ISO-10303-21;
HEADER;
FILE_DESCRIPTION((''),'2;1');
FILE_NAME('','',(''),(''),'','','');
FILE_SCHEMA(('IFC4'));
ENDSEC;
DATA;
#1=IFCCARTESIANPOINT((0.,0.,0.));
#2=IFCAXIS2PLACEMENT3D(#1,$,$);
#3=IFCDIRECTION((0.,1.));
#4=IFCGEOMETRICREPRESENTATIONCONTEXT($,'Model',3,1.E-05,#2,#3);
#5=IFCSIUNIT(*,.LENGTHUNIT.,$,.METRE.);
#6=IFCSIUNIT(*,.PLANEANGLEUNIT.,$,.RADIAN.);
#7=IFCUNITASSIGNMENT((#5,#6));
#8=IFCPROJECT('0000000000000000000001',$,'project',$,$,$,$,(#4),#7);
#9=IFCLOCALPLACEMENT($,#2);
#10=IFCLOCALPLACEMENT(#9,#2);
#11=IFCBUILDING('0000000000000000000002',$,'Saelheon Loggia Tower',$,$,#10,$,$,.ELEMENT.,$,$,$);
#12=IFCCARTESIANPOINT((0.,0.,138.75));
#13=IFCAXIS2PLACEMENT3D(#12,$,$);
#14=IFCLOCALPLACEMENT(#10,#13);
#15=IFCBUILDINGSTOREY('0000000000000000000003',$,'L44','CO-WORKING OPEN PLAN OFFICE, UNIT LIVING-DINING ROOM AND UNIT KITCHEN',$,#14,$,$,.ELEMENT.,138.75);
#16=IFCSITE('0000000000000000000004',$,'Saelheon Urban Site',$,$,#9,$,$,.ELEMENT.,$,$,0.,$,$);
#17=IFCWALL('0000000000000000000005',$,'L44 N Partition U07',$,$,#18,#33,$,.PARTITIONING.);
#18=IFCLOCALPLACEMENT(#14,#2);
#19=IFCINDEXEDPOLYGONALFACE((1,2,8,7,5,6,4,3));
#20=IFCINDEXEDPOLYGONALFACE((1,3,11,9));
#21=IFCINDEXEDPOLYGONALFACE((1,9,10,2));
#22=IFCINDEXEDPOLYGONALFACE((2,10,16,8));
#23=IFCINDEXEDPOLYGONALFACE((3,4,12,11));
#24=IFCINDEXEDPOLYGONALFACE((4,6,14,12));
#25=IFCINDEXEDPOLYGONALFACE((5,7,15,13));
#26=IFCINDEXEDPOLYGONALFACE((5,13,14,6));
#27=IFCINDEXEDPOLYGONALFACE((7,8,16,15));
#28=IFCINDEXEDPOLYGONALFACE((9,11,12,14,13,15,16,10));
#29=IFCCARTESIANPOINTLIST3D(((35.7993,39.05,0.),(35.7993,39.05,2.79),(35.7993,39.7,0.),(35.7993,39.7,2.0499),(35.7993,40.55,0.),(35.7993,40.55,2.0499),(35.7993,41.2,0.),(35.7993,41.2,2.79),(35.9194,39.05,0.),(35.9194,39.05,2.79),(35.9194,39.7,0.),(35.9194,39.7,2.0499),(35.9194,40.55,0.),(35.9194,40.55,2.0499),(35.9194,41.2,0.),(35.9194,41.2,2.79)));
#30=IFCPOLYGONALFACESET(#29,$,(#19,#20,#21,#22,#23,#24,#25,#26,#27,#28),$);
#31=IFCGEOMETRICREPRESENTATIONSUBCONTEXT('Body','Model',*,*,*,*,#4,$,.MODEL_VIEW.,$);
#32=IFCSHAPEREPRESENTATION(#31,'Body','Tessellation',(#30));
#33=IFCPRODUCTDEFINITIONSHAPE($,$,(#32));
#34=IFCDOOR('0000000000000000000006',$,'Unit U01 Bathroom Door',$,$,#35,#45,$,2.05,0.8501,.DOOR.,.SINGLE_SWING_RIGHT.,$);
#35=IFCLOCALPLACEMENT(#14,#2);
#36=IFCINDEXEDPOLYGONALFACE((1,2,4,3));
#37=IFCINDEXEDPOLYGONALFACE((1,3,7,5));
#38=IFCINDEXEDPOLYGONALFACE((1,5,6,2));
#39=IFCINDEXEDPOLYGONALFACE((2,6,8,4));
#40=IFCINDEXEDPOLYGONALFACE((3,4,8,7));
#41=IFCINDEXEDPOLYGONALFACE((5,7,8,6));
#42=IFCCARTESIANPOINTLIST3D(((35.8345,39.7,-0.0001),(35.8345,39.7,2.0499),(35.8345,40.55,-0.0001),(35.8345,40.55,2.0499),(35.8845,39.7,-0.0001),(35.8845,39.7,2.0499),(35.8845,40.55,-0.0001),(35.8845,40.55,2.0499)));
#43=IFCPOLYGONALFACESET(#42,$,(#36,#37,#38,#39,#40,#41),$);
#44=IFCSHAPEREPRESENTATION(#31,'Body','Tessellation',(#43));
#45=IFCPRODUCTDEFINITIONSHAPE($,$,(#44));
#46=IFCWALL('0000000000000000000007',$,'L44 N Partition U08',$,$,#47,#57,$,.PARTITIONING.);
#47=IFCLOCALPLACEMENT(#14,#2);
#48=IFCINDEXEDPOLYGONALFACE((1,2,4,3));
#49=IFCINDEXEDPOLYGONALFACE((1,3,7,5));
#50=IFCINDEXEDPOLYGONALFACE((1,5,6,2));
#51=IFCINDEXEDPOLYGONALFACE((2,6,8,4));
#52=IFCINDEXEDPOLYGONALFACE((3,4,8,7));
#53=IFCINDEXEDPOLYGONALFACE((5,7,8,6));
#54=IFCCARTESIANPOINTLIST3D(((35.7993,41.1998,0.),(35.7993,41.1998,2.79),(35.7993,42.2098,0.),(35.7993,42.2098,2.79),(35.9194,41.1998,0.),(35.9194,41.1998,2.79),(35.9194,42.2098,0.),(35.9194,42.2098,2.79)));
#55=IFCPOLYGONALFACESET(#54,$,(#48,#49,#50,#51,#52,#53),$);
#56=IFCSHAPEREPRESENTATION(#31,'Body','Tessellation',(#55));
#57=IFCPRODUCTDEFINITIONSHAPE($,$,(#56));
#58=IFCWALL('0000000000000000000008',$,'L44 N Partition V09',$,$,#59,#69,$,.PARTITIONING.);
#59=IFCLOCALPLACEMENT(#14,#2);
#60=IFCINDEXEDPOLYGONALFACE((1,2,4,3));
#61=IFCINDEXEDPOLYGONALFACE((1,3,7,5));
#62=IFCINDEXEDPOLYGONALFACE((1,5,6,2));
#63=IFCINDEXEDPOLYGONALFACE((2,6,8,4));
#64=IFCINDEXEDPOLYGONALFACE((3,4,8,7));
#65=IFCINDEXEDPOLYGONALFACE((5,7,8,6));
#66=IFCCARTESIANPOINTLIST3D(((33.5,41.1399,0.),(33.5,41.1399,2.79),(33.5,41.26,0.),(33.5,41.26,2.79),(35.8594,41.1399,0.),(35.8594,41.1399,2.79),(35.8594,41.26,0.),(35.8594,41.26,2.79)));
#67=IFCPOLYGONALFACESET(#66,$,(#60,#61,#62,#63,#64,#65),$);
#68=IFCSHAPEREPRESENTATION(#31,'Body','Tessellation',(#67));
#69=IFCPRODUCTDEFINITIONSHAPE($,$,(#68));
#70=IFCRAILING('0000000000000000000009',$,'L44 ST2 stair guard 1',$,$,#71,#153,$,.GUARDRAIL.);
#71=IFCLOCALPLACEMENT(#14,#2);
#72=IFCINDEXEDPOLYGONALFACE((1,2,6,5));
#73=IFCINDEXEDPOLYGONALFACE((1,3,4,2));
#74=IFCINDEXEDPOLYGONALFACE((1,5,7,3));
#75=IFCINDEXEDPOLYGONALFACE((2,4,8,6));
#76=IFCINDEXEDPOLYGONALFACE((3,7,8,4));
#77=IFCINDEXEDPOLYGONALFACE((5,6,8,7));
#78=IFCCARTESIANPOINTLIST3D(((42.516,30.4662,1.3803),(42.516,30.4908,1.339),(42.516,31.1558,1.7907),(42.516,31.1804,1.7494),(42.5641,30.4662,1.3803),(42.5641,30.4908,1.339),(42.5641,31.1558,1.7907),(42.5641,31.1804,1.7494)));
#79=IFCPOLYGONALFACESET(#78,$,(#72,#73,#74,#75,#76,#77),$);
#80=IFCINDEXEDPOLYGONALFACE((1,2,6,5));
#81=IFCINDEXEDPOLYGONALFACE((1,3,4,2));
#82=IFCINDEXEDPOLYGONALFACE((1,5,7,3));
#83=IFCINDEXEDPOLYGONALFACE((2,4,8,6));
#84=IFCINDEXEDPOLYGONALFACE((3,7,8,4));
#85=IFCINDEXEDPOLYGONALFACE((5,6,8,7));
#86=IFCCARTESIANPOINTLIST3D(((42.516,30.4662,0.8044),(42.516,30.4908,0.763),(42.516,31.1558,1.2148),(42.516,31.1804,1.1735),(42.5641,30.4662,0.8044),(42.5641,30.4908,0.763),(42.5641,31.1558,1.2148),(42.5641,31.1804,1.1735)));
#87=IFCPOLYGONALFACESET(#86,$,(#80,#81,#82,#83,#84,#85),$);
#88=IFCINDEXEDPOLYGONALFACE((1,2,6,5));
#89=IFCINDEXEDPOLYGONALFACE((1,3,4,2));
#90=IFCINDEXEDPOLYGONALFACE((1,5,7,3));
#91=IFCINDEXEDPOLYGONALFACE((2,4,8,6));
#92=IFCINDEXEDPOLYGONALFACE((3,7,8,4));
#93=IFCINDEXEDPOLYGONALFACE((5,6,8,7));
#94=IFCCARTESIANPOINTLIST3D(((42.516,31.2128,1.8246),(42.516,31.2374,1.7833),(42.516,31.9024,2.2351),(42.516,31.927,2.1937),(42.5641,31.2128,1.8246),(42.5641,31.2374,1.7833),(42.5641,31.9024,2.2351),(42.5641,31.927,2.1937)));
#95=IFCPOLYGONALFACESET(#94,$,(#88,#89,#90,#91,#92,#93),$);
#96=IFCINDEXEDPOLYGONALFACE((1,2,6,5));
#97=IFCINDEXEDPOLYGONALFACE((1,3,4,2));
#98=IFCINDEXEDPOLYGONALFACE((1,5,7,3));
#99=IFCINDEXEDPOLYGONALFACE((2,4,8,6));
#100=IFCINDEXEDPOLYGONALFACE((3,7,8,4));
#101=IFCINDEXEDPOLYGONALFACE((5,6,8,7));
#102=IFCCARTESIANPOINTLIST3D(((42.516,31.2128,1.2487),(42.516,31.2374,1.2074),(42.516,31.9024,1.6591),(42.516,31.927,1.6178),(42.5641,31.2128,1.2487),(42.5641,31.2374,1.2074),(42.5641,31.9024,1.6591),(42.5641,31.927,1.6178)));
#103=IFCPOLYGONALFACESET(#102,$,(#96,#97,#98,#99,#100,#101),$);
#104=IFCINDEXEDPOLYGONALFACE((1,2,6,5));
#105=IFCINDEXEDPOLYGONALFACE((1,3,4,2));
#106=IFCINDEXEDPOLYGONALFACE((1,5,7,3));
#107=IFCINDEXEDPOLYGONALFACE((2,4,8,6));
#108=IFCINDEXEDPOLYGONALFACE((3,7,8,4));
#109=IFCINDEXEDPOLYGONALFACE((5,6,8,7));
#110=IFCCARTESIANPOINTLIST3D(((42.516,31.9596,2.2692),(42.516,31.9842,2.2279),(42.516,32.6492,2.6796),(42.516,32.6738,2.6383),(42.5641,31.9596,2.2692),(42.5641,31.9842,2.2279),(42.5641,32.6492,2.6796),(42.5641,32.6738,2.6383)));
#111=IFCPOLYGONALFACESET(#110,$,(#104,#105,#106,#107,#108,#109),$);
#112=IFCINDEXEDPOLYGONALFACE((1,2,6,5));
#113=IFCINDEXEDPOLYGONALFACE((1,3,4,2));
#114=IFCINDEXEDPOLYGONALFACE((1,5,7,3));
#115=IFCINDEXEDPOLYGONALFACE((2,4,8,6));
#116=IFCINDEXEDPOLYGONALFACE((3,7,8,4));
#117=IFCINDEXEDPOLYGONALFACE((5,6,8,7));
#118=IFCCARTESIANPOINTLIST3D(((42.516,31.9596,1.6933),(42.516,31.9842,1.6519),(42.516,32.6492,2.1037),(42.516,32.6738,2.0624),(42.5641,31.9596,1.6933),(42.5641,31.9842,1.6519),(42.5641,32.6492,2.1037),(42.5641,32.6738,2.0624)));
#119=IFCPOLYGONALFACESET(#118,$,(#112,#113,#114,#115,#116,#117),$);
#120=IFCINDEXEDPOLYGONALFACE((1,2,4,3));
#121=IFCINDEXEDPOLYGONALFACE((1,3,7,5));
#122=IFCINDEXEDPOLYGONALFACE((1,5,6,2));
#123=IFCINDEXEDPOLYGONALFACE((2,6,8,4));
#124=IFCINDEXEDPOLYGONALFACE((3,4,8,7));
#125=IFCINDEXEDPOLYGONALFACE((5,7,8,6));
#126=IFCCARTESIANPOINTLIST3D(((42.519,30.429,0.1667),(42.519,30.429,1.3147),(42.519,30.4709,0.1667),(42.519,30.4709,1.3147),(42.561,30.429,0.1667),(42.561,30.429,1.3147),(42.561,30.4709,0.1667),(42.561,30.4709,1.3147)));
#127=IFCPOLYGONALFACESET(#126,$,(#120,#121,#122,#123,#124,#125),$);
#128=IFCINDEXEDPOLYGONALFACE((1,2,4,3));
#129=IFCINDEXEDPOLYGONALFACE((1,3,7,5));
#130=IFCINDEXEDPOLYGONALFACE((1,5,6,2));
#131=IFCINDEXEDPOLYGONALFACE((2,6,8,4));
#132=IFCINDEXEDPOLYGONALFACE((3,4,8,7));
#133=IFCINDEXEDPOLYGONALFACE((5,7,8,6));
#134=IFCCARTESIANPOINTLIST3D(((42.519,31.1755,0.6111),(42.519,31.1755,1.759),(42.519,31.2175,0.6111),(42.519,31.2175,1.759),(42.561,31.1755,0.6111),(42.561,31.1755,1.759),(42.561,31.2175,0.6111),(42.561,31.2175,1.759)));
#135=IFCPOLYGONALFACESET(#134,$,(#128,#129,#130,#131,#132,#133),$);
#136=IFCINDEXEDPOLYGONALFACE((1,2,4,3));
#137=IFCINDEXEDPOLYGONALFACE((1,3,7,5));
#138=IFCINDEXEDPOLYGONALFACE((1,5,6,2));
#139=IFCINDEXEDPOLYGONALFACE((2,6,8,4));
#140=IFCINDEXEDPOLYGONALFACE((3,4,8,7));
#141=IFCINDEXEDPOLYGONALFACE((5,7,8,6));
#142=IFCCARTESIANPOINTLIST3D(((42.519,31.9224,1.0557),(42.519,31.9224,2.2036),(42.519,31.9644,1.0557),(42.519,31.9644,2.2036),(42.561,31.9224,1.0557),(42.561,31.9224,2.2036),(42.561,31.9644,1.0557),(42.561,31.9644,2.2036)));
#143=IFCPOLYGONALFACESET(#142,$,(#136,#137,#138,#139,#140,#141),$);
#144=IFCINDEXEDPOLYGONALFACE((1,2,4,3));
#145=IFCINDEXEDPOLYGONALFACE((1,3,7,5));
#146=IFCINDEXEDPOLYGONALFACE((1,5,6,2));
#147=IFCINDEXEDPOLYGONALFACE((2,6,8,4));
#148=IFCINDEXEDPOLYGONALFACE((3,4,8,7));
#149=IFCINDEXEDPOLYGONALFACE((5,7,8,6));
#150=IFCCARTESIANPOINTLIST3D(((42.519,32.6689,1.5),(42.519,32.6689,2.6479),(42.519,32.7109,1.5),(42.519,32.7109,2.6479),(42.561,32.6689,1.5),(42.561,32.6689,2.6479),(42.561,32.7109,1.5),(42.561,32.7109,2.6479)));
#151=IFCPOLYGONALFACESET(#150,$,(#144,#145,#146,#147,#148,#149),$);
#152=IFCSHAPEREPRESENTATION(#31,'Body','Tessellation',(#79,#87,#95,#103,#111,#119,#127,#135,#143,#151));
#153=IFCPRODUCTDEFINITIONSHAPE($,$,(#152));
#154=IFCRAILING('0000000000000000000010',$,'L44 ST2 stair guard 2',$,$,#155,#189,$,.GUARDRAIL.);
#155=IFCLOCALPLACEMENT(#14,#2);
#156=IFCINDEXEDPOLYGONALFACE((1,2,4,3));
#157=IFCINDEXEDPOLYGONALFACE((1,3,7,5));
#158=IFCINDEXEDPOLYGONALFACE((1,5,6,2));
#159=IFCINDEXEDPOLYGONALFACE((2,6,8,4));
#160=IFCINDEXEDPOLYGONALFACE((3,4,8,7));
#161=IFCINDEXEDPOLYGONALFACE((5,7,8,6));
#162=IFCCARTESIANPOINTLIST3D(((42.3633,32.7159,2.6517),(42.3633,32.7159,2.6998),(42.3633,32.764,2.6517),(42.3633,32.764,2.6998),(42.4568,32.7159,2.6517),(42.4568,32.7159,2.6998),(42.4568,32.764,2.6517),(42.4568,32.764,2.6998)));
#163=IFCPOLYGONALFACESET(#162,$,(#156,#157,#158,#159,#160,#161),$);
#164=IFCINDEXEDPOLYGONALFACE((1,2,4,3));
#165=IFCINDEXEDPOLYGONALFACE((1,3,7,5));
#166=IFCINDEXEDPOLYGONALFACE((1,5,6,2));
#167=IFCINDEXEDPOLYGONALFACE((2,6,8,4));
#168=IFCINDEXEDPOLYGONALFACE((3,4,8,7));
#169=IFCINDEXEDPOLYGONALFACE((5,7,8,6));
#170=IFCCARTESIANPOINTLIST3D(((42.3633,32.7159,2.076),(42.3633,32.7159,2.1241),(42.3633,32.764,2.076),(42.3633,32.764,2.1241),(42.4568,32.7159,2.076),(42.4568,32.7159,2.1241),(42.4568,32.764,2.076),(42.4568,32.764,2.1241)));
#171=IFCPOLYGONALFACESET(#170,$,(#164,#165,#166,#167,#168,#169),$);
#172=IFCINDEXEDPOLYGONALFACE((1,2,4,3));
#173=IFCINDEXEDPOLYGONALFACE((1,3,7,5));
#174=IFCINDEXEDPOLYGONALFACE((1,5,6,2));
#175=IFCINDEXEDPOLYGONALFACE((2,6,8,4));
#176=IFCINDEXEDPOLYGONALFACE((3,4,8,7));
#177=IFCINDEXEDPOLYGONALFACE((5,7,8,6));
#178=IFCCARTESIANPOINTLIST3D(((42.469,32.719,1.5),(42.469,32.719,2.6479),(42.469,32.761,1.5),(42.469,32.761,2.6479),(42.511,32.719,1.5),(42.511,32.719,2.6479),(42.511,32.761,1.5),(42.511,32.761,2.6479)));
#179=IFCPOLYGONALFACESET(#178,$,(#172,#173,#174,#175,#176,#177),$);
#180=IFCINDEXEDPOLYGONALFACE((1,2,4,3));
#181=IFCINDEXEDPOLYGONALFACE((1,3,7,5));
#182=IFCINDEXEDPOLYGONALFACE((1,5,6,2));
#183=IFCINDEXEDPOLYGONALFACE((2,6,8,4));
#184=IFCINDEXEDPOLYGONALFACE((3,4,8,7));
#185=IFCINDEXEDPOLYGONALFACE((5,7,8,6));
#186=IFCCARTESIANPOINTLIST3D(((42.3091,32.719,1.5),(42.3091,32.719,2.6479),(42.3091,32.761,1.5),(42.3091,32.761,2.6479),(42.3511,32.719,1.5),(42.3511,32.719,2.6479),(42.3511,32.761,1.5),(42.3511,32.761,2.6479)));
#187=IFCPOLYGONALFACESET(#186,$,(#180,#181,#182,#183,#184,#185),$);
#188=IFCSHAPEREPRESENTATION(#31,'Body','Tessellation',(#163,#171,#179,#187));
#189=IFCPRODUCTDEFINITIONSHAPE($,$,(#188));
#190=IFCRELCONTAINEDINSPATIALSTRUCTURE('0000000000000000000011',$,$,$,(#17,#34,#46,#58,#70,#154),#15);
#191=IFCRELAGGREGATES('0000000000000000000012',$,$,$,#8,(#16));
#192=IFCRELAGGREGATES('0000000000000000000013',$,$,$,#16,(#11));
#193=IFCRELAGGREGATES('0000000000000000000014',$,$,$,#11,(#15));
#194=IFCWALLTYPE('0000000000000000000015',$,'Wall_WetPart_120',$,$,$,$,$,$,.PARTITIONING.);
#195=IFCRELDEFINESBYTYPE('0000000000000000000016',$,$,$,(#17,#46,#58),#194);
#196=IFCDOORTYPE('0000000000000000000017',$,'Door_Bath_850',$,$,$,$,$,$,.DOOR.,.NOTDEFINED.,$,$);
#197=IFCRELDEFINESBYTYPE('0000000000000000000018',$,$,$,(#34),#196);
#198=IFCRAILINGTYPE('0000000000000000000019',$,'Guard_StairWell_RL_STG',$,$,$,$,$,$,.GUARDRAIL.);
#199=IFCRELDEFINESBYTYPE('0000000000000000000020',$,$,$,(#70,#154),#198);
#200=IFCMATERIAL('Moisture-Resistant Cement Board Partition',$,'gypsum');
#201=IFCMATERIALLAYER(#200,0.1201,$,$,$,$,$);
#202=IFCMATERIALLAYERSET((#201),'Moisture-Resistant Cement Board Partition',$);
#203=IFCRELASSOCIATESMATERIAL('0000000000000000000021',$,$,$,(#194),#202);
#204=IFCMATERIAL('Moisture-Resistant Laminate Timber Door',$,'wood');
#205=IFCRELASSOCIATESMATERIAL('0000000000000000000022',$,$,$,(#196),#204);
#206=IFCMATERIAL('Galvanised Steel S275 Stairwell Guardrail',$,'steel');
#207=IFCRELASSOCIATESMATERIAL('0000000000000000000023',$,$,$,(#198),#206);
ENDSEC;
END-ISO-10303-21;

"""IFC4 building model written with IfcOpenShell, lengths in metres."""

from ifc_helpers import new_model, si_unit, direction, frame, frame_2d, origin, origin_2d, place, context, subcontext, project, spatial, rectangle, extrude, source, transform, mapped, material, layer, layer_set, type_object, element, fill, save


model = new_model("IFC4")

# Units and contexts
model_context = context("Model", 3, precision=1e-05, world=origin(), true_north=direction((0.0, 1.0)))
body_context = subcontext(model_context, "Body", "Model", "MODEL_VIEW")
ifc_project = project(units=[si_unit("LENGTHUNIT", "METRE"), si_unit("PLANEANGLEUNIT", "RADIAN")], contexts=[model_context])

# Site, building, storey
site_placement = place(None, origin())
site = spatial("IfcSite", under=ifc_project, at=site_placement, Name="Saelheon Urban Site", CompositionType="ELEMENT", RefElevation=0.0)
building_placement = place(site_placement, origin())
building = spatial("IfcBuilding", under=site, at=building_placement, Name="Saelheon Loggia Tower", CompositionType="ELEMENT")
storey_placement = place(building_placement, frame((0.0, 0.0, 138.75)))
storey = spatial("IfcBuildingStorey", under=building, at=storey_placement, Name="L44", Description="CO-WORKING OPEN PLAN OFFICE, UNIT LIVING-DINING ROOM AND UNIT KITCHEN", CompositionType="ELEMENT", Elevation=138.75)

# Wall, opening, door
ifc_material_1 = material(Name="Moisture-Resistant Cement Board Partition", Category="gypsum")
ifc_layer_1 = layer(ifc_material_1, 0.1201)
ifc_layer_set_1 = layer_set([ifc_layer_1], Name="Moisture-Resistant Cement Board Partition")
wall_type_1 = type_object("IfcWallType", Name="Wall_WetPart_120", PredefinedType="PARTITIONING", material=ifc_layer_set_1)
wall_1_placement = place(storey_placement, frame((35.8594, 39.05, 0.0), z_axis=(0.0, 0.0, 1.0), x_axis=(0.0, 1.0, 0.0)))
wall_1 = element("IfcWall", 1, at=wall_1_placement, inside=storey, type_object=wall_type_1, Name="L44 N Partition U07", PredefinedType="PARTITIONING", context=body_context, shape_type="SweptSolid", body=[
    extrude(rectangle(XDim=2.1499, YDim=0.1201, at=frame_2d((1.075, 0.0))), origin(), (0.0, 0.0, 1.0), 2.79),
])
opening_1_placement = place(wall_1_placement, frame((0.6499, 0.0, 0.0)))
opening_1 = element("IfcOpeningElement", 2, at=opening_1_placement, cuts=wall_1, PredefinedType="OPENING", context=body_context, shape_type="SweptSolid", body=[
    extrude(rectangle(XDim=0.8501, YDim=2.05, at=frame_2d((0.425, 1.0249))), frame((0.0, 0.072, 0.0), z_axis=(0.0, -1.0, 0.0), x_axis=(1.0, 0.0, 0.0)), (0.0, 0.0, 1.0), 0.144),
])
ifc_material_2 = material(Name="Moisture-Resistant Laminate Timber Door", Category="wood")
door_type_1 = type_object("IfcDoorType", Name="Door_Bath_850", OperationType="NOTDEFINED", PredefinedType="DOOR", material=ifc_material_2)
shared_shape_1 = source(origin(), body_context, "Body", "SweptSolid", [
    extrude(rectangle(XDim=0.8501, YDim=2.05, at=frame_2d((0.425, 1.0249))), frame((0.0, 0.0249, 0.0), z_axis=(0.0, -1.0, 0.0), x_axis=(1.0, 0.0, 0.0)), (0.0, 0.0, 1.0), 0.05),
])
door_1_placement = place(opening_1_placement, origin())
door_1 = element("IfcDoor", 3, at=door_1_placement, inside=storey, type_object=door_type_1, Name="Unit U01 Bathroom Door", OperationType="SINGLE_SWING_RIGHT", OverallHeight=2.05, OverallWidth=0.8501, PredefinedType="DOOR", context=body_context, shape_type="MappedRepresentation", body=[
    mapped(shared_shape_1, transform((0.0, 0.0, 0.0), scale=1.0)),
])
fill(opening_1, door_1)

# Walls
wall_2_placement = place(storey_placement, frame((35.8594, 41.2, 0.0), z_axis=(0.0, 0.0, 1.0), x_axis=(0.0, 1.0, 0.0)))
element("IfcWall", 4, at=wall_2_placement, inside=storey, type_object=wall_type_1, Name="L44 N Partition U08", PredefinedType="PARTITIONING", context=body_context, shape_type="SweptSolid", body=[
    extrude(rectangle(XDim=1.01, YDim=0.1201, at=frame_2d((0.5049, 0.0))), origin(), (0.0, 0.0, 1.0), 2.79),
])
wall_3_placement = place(storey_placement, frame((33.5, 41.2, 0.0), z_axis=(0.0, 0.0, 1.0), x_axis=(1.0, 0.0, 0.0)))
element("IfcWall", 5, at=wall_3_placement, inside=storey, type_object=wall_type_1, Name="L44 N Partition V09", PredefinedType="PARTITIONING", context=body_context, shape_type="SweptSolid", body=[
    extrude(rectangle(XDim=2.3594, YDim=0.1201, at=frame_2d((1.1797, 0.0))), origin(), (0.0, 0.0, 1.0), 2.79),
])

# Railings
ifc_material_3 = material(Name="Galvanised Steel S275 Stairwell Guardrail", Category="steel")
railing_type_1 = type_object("IfcRailingType", Name="Guard_StairWell_RL_STG", PredefinedType="GUARDRAIL", material=ifc_material_3)
railing_1_placement = place(storey_placement, frame((42.54, 30.45, 0.1667)))
element("IfcRailing", 6, at=railing_1_placement, inside=storey, type_object=railing_type_1, Name="L44 ST2 stair guard 1", PredefinedType="GUARDRAIL", context=body_context, shape_type="SweptSolid", body=[
    extrude(rectangle(XDim=0.0481, YDim=0.0481, at=origin_2d()), frame((0.0, 0.0286, 1.1929), z_axis=(0.0, 0.859306, 0.511462), x_axis=(-1.0, 0.0, 0.0)), (0.0, 0.0, 1.0), 0.8025),
    extrude(rectangle(XDim=0.0481, YDim=0.0481, at=origin_2d()), frame((0.0, 0.0286, 0.6169), z_axis=(0.0, 0.859306, 0.511462), x_axis=(-1.0, 0.0, 0.0)), (0.0, 0.0, 1.0), 0.8025),
    extrude(rectangle(XDim=0.0481, YDim=0.0481, at=origin_2d()), frame((0.0, 0.7751, 1.6372), z_axis=(0.0, 0.859306, 0.511462), x_axis=(-1.0, 0.0, 0.0)), (0.0, 0.0, 1.0), 0.8025),
    extrude(rectangle(XDim=0.0481, YDim=0.0481, at=origin_2d()), frame((0.0, 0.7751, 1.0613), z_axis=(0.0, 0.859306, 0.511462), x_axis=(-1.0, 0.0, 0.0)), (0.0, 0.0, 1.0), 0.8025),
    extrude(rectangle(XDim=0.0481, YDim=0.0481, at=origin_2d()), frame((0.0, 1.522, 2.0818), z_axis=(0.0, 0.859306, 0.511462), x_axis=(-1.0, 0.0, 0.0)), (0.0, 0.0, 1.0), 0.8025),
    extrude(rectangle(XDim=0.0481, YDim=0.0481, at=origin_2d()), frame((0.0, 1.522, 1.5059), z_axis=(0.0, 0.859306, 0.511462), x_axis=(-1.0, 0.0, 0.0)), (0.0, 0.0, 1.0), 0.8025),
    extrude(rectangle(XDim=0.042, YDim=0.042, at=origin_2d()), origin(), (0.0, 0.0, 1.0), 1.1479),
    extrude(rectangle(XDim=0.042, YDim=0.042, at=origin_2d()), frame((0.0, 0.7466, 0.4443)), (0.0, 0.0, 1.0), 1.1479),
    extrude(rectangle(XDim=0.042, YDim=0.042, at=origin_2d()), frame((0.0, 1.4934, 0.8889)), (0.0, 0.0, 1.0), 1.1479),
    extrude(rectangle(XDim=0.042, YDim=0.042, at=origin_2d()), frame((0.0, 2.24, 1.3333)), (0.0, 0.0, 1.0), 1.1479),
])
railing_2_placement = place(storey_placement, frame((42.49, 32.74, 1.5)))
element("IfcRailing", 7, at=railing_2_placement, inside=storey, type_object=railing_type_1, Name="L44 ST2 stair guard 2", PredefinedType="GUARDRAIL", context=body_context, shape_type="SweptSolid", body=[
    extrude(rectangle(XDim=0.0481, YDim=0.0481, at=origin_2d()), frame((-0.0332, 0.0, 1.1758), z_axis=(-1.0, 0.0, 0.0), x_axis=(0.0, -1.0, 0.0)), (0.0, 0.0, 1.0), 0.0935),
    extrude(rectangle(XDim=0.0481, YDim=0.0481, at=origin_2d()), frame((-0.0332, 0.0, 0.6001), z_axis=(-1.0, 0.0, 0.0), x_axis=(0.0, -1.0, 0.0)), (0.0, 0.0, 1.0), 0.0935),
    extrude(rectangle(XDim=0.042, YDim=0.042, at=origin_2d()), origin(), (0.0, 0.0, 1.0), 1.1479),
    extrude(rectangle(XDim=0.042, YDim=0.042, at=origin_2d()), frame((-0.1599, 0.0, 0.0)), (0.0, 0.0, 1.0), 1.1479),
])

save(model, "model.ifc")
